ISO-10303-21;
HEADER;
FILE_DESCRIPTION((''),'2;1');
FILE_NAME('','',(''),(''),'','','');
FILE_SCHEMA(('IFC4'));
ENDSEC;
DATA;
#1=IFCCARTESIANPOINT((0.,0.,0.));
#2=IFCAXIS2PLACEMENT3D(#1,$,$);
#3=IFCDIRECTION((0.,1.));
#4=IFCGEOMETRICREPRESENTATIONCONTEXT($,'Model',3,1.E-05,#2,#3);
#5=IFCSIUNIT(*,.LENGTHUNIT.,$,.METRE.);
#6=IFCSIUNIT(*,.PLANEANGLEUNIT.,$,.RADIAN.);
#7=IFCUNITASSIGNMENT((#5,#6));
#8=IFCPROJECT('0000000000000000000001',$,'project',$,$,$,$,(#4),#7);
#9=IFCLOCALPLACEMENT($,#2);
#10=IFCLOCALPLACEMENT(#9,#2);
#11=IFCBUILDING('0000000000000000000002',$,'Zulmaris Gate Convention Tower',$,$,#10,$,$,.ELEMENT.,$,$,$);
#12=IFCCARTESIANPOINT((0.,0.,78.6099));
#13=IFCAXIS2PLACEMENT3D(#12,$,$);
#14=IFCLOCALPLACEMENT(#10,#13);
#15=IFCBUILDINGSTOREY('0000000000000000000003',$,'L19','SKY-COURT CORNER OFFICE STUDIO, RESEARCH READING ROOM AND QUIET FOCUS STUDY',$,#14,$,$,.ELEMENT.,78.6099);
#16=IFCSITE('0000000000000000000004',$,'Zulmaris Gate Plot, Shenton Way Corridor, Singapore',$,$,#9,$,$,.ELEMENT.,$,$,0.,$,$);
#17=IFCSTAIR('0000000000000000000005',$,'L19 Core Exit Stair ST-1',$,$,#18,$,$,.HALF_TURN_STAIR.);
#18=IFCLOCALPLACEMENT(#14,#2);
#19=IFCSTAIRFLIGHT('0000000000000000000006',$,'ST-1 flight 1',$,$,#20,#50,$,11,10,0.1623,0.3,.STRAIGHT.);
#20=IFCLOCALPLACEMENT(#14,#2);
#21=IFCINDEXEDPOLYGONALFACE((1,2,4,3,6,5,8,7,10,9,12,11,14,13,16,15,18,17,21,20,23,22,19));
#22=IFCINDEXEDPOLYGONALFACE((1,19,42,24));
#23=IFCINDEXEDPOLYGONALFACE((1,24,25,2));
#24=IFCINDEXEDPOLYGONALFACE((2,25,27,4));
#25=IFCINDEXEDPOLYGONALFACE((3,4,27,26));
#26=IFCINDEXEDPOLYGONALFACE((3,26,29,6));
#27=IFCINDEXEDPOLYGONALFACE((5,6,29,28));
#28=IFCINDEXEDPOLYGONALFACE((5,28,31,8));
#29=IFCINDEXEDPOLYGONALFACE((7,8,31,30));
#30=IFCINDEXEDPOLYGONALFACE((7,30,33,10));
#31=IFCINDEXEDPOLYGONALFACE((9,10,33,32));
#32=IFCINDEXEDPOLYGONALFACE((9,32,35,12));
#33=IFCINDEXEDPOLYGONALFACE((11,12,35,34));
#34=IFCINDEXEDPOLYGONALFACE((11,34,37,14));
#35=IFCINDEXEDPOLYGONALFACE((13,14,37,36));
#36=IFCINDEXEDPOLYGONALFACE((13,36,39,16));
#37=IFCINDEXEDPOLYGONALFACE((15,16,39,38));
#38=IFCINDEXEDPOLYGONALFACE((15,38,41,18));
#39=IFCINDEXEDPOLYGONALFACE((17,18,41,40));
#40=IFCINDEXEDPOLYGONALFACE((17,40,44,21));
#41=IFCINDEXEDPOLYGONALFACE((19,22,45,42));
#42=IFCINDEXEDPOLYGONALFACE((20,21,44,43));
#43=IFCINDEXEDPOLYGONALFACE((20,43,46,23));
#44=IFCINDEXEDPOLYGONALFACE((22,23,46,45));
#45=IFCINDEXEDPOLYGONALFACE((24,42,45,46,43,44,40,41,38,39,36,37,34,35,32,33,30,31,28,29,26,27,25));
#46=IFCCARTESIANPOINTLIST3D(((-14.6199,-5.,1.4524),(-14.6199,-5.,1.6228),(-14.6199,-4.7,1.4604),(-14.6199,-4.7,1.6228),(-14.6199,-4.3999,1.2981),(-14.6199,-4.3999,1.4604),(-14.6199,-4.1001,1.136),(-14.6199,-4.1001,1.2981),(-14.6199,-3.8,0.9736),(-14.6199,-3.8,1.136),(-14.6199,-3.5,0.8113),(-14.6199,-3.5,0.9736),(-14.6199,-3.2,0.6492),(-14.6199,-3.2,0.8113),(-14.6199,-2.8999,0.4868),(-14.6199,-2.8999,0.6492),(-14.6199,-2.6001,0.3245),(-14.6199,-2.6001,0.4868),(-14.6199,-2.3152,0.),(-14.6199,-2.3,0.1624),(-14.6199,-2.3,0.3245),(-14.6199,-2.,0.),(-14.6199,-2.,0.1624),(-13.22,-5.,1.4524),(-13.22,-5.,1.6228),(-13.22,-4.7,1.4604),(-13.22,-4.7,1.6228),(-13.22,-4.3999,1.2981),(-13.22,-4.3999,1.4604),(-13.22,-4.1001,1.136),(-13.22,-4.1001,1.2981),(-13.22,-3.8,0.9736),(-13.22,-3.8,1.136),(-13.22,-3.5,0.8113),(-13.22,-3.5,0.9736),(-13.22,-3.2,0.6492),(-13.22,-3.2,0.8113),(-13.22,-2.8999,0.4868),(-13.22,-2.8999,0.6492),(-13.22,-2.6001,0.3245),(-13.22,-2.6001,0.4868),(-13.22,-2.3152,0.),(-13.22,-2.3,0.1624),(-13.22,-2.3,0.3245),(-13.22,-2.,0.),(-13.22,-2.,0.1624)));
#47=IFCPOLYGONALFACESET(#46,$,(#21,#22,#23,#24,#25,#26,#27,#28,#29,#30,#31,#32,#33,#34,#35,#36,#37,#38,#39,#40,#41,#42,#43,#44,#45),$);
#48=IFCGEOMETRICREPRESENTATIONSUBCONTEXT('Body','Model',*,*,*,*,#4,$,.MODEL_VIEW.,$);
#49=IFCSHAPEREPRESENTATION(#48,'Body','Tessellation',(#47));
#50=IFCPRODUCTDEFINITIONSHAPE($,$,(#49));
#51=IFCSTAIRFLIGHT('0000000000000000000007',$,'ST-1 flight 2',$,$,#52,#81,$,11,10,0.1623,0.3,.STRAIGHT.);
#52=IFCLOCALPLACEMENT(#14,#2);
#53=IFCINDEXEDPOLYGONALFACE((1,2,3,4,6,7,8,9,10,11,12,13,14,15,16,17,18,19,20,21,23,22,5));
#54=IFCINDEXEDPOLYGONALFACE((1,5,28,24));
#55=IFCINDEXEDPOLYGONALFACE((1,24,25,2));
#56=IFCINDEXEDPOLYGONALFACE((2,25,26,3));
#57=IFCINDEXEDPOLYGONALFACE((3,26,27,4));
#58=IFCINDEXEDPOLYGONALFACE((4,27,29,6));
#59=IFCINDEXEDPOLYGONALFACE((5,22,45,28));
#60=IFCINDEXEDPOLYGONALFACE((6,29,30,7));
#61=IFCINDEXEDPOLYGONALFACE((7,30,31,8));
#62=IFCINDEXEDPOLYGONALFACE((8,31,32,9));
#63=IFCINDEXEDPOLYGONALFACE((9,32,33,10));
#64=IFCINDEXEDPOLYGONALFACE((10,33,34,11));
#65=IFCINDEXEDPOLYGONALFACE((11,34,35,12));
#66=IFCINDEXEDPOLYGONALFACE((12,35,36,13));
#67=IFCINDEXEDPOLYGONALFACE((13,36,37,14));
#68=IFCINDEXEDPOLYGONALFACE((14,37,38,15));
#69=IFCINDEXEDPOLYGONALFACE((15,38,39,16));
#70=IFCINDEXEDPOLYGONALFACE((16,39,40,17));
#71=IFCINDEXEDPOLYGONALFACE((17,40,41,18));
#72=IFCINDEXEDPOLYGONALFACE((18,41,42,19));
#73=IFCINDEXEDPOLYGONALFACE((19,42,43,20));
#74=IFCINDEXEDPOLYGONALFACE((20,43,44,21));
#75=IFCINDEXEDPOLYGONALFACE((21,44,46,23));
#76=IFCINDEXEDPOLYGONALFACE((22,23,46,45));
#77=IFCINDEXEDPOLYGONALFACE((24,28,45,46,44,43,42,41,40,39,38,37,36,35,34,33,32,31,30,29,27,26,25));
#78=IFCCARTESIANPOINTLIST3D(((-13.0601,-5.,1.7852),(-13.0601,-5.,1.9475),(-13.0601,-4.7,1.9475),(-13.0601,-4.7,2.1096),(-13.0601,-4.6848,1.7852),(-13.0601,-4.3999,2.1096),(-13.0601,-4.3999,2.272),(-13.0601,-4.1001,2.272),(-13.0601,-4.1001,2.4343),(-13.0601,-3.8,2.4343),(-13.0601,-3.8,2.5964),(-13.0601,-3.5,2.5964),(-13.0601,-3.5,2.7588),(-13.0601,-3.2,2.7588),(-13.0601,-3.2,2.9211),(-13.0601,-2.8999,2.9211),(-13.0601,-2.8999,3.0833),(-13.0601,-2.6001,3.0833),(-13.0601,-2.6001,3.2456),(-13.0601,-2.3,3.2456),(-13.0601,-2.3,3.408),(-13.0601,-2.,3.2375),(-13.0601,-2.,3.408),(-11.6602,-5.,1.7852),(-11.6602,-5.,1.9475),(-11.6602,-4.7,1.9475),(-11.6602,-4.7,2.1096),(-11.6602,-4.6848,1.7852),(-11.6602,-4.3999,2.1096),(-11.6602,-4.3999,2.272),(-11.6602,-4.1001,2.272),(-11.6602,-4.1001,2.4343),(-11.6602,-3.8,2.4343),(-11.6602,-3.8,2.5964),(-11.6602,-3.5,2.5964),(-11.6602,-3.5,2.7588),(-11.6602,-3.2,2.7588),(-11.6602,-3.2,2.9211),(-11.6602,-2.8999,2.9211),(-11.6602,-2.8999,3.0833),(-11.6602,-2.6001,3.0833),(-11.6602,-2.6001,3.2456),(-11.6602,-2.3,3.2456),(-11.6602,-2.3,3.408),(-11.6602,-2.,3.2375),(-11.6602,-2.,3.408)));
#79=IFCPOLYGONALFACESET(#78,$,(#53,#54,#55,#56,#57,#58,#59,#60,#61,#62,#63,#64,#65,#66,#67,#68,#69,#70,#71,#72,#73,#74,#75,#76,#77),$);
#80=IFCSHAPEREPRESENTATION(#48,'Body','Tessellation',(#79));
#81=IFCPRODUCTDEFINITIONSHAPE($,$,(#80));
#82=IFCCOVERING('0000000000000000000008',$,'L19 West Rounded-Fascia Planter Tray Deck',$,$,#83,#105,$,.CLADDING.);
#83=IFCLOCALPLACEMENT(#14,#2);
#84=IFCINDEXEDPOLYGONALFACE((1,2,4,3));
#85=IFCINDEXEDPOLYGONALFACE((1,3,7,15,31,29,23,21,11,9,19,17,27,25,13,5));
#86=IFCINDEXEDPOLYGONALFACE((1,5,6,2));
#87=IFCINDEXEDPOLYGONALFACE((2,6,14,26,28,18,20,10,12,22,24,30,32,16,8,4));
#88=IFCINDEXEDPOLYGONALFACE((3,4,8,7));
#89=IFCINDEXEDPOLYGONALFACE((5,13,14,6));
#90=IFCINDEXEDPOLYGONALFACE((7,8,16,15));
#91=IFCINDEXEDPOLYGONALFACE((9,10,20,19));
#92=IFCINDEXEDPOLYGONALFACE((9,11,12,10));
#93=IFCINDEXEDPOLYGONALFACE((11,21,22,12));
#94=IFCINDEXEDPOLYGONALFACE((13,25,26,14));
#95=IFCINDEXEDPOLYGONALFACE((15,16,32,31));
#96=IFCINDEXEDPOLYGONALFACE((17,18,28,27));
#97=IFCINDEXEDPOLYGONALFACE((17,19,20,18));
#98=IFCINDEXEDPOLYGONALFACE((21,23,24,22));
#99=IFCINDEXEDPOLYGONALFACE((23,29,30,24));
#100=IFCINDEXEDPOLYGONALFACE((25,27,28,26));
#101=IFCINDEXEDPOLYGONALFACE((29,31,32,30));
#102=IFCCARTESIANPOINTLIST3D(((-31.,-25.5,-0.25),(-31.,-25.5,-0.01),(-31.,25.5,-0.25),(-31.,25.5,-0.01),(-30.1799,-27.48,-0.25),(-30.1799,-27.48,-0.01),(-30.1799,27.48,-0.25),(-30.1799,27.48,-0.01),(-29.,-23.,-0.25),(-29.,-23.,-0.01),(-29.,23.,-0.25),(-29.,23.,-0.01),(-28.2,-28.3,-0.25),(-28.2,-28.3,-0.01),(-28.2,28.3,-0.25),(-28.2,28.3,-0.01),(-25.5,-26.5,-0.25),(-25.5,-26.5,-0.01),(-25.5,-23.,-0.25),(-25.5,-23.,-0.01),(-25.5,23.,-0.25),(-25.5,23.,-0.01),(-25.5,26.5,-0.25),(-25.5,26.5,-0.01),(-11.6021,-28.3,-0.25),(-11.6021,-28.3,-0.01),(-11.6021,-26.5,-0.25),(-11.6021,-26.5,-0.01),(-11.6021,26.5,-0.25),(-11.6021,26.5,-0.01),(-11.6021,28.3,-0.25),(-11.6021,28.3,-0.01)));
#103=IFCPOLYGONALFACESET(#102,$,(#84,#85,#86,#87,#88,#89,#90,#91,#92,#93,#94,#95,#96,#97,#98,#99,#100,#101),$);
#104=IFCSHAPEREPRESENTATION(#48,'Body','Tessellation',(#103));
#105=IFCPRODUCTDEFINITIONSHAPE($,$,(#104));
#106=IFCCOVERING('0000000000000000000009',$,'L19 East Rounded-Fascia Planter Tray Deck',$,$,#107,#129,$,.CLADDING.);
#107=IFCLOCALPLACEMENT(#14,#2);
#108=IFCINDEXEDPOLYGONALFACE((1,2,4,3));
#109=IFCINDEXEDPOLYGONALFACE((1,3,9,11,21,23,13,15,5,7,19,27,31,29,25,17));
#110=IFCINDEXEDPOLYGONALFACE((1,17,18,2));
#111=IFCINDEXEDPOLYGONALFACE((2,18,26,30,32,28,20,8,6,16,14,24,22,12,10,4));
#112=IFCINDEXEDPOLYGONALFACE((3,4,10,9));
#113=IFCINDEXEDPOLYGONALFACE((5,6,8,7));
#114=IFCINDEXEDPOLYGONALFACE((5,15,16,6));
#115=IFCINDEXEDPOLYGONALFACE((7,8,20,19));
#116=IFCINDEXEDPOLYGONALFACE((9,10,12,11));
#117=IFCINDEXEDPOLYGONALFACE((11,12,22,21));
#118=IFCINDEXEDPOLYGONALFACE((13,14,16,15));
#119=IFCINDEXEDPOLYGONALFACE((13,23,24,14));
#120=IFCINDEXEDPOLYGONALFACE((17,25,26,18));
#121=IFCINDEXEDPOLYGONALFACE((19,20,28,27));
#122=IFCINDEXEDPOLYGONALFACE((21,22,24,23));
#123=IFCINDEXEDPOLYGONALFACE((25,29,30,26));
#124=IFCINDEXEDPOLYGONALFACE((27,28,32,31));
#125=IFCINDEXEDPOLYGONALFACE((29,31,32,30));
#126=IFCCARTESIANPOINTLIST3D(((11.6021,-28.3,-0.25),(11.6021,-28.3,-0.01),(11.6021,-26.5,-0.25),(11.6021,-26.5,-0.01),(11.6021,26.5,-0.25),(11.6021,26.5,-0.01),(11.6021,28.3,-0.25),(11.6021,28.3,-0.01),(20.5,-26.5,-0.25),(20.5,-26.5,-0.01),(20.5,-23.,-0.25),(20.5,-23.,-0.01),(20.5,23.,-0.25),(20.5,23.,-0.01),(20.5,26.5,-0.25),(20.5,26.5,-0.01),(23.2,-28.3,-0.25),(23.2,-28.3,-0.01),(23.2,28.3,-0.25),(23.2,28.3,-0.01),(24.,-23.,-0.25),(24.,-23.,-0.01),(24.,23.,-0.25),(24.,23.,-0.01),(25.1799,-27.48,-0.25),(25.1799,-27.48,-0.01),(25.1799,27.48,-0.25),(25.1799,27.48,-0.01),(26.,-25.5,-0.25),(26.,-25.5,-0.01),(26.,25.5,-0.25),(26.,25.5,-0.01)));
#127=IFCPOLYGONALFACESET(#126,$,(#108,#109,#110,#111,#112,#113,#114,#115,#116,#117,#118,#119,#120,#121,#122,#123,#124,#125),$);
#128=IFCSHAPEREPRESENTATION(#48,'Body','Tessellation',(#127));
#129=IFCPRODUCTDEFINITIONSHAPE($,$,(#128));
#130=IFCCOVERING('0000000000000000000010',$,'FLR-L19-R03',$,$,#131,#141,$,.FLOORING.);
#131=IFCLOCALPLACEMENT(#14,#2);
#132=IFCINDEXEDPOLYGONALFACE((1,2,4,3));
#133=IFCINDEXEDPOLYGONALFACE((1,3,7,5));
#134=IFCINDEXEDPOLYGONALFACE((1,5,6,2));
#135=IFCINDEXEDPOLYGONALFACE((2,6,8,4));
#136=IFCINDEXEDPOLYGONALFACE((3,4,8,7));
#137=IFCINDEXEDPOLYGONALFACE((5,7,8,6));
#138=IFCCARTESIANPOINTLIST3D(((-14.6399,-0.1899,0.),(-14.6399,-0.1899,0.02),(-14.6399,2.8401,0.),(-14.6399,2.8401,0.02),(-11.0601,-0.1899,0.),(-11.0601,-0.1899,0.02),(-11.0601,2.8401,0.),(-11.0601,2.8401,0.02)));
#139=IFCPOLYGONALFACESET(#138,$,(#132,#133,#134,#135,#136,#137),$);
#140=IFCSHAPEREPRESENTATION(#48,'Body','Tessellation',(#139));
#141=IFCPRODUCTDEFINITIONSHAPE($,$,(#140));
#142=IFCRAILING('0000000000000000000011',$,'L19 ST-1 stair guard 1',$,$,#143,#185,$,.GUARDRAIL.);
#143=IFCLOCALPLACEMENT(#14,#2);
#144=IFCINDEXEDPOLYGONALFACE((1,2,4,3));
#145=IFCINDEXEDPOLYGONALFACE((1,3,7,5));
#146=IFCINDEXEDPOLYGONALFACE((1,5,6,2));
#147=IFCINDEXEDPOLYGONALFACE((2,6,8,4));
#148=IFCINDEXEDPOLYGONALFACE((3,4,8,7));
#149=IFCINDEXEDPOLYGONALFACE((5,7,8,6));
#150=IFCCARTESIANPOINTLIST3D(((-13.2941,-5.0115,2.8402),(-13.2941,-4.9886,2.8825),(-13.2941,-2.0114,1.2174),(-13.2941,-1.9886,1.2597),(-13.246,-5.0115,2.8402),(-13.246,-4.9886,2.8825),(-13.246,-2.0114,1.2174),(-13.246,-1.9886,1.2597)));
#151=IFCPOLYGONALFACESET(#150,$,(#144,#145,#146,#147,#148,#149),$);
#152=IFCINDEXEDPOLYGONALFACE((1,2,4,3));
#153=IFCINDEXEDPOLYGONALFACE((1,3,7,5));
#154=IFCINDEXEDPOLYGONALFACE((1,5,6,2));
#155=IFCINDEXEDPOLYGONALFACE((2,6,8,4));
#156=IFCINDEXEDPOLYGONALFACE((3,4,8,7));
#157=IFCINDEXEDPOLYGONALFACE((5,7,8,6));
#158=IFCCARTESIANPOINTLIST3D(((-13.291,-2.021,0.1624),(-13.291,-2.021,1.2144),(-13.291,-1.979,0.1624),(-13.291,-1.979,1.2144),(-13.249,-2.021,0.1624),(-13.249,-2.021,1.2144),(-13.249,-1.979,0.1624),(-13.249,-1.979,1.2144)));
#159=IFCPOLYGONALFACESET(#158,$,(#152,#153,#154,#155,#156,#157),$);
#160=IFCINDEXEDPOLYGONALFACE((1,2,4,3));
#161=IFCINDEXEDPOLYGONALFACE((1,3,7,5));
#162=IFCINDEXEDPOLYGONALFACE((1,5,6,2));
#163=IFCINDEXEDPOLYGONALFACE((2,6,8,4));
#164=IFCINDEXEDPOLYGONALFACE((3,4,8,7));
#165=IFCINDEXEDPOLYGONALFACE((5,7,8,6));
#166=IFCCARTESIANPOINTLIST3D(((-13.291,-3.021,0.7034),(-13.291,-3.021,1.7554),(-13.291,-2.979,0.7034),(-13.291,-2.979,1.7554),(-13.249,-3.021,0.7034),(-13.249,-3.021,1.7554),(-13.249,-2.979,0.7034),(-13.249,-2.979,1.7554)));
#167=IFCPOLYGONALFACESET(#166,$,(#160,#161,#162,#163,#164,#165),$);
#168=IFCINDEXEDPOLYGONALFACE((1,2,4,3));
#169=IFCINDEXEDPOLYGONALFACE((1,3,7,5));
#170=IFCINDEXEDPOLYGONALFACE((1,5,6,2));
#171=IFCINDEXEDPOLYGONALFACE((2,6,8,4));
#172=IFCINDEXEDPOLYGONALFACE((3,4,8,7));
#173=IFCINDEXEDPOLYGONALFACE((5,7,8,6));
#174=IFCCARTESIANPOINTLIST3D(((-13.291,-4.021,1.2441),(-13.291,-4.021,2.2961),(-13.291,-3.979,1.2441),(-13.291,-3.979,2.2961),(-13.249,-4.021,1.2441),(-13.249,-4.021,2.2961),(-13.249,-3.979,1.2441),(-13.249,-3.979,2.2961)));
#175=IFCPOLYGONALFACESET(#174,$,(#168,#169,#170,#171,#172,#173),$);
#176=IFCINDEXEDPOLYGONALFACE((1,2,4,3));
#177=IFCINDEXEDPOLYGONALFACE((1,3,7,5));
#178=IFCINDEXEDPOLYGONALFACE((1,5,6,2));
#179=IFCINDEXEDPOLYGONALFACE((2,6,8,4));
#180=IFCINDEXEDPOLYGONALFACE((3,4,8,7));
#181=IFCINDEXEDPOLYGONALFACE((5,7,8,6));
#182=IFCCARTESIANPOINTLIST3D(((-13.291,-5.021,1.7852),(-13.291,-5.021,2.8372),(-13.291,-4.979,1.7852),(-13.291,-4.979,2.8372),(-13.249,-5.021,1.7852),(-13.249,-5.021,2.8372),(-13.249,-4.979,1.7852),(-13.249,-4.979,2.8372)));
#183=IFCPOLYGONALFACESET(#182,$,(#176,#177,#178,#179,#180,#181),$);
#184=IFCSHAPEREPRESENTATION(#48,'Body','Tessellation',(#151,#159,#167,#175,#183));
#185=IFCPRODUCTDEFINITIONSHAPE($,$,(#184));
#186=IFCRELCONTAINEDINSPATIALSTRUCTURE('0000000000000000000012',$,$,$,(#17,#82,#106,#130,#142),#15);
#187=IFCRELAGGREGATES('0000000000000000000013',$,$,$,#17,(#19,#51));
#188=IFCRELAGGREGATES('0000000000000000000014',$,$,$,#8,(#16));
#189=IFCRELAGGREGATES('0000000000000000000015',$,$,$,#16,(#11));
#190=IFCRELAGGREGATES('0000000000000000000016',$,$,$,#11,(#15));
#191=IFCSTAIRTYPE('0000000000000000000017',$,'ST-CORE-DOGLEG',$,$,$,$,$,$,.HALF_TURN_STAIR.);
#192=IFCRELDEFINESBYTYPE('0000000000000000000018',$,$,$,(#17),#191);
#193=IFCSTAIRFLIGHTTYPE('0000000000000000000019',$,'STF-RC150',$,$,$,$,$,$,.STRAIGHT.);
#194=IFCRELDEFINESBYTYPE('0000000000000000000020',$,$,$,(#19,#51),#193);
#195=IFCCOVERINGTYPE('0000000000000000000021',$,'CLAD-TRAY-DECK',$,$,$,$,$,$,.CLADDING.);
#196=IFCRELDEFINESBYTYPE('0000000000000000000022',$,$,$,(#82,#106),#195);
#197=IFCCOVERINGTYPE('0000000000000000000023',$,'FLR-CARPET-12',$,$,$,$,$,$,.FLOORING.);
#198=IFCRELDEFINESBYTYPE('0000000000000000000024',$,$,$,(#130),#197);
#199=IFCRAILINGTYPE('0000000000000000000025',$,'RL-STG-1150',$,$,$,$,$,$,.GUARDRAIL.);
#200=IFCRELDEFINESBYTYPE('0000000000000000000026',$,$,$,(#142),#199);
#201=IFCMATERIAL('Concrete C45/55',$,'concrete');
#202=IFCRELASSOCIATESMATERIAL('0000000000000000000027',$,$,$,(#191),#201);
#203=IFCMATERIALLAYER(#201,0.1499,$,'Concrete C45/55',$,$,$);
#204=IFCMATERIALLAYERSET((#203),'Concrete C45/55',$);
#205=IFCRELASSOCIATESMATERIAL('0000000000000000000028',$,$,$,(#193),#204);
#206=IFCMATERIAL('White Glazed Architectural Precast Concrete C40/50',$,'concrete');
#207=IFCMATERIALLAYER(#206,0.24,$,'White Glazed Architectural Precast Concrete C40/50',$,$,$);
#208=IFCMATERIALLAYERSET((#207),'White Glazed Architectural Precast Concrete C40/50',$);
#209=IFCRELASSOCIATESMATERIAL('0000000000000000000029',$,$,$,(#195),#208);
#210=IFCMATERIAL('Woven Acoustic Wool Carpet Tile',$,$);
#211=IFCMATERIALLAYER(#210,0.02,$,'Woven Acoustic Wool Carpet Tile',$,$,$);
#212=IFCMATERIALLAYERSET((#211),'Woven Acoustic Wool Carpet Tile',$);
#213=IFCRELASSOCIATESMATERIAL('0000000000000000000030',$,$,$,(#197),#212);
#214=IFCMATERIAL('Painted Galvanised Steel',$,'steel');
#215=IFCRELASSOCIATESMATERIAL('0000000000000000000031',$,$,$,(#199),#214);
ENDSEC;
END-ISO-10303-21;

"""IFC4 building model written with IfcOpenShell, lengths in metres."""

from ifc_helpers import new_model, si_unit, direction, frame, origin, origin_2d, place, context, subcontext, project, spatial, polyline, rectangle, outline, extrude, material, layer, layer_set, type_object, element, aggregate, save


model = new_model("IFC4")

# Units and contexts
model_context = context("Model", 3, precision=1e-05, world=origin(), true_north=direction((0.0, 1.0)))
body_context = subcontext(model_context, "Body", "Model", "MODEL_VIEW")
ifc_project = project(units=[si_unit("LENGTHUNIT", "METRE"), si_unit("PLANEANGLEUNIT", "RADIAN")], contexts=[model_context])

# Site, building, storey
site_placement = place(None, origin())
site = spatial("IfcSite", under=ifc_project, at=site_placement, Name="Zulmaris Gate Plot, Shenton Way Corridor, Singapore", CompositionType="ELEMENT", RefElevation=0.0)
building_placement = place(site_placement, origin())
building = spatial("IfcBuilding", under=site, at=building_placement, Name="Zulmaris Gate Convention Tower", CompositionType="ELEMENT")
storey_placement = place(building_placement, frame((0.0, 0.0, 78.6099)))
storey = spatial("IfcBuildingStorey", under=building, at=storey_placement, Name="L19", Description="SKY-COURT CORNER OFFICE STUDIO, RESEARCH READING ROOM AND QUIET FOCUS STUDY", CompositionType="ELEMENT", Elevation=78.6099)

# Stair
ifc_material_1 = material(Name="Concrete C45/55", Category="concrete")
stair_type = type_object("IfcStairType", Name="ST-CORE-DOGLEG", PredefinedType="HALF_TURN_STAIR", material=ifc_material_1)
stair_1_placement = place(storey_placement, origin())
stair_1 = element("IfcStair", 1, at=stair_1_placement, inside=storey, type_object=stair_type, Name="L19 Core Exit Stair ST-1", PredefinedType="HALF_TURN_STAIR")

# Stair flights
ifc_layer_1 = layer(ifc_material_1, 0.1499, Name="Concrete C45/55")
ifc_layer_set_1 = layer_set([ifc_layer_1], Name="Concrete C45/55")
stair_flight_type = type_object("IfcStairFlightType", Name="STF-RC150", PredefinedType="STRAIGHT", material=ifc_layer_set_1)
stair_flight_1_placement = place(storey_placement, frame((-13.9199, -2.0, 0.0), z_axis=(0.0, 0.0, 1.0), x_axis=(0.0, -1.0, 0.0)))
stair_flight_1 = element("IfcStairFlight", 2, at=stair_flight_1_placement, type_object=stair_flight_type, Name="ST-1 flight 1", NumberOfRisers=11, NumberOfTreads=10, PredefinedType="STRAIGHT", RiserHeight=0.1623, TreadLength=0.3, context=body_context, shape_type="SweptSolid", body=[
    extrude(outline(polyline([(0.0, 0.0), (0.0, 0.1624), (0.3, 0.1624), (0.3, 0.3245), (0.6001, 0.3245), (0.6001, 0.4868), (0.8999, 0.4868), (0.8999, 0.6492), (1.2, 0.6492), (1.2, 0.8113), (1.5, 0.8113), (1.5, 0.9736), (1.8, 0.9736), (1.8, 1.136), (2.1001, 1.136), (2.1001, 1.2981), (2.3999, 1.2981), (2.3999, 1.4604), (2.7, 1.4604), (2.7, 1.6228), (3.0, 1.6228), (3.0, 1.7849), (3.0, 1.4524), (0.3152, 0.0), (0.0, 0.0)])), frame((0.0, 0.7, 0.0), z_axis=(0.0, -1.0, 0.0), x_axis=(1.0, 0.0, 0.0)), (0.0, 0.0, 1.0), 1.3999),
])
stair_flight_2_placement = place(storey_placement, frame((-12.3601, -5.0, 1.7852), z_axis=(0.0, 0.0, 1.0), x_axis=(0.0, 1.0, 0.0)))
stair_flight_2 = element("IfcStairFlight", 3, at=stair_flight_2_placement, type_object=stair_flight_type, Name="ST-1 flight 2", NumberOfRisers=11, NumberOfTreads=10, PredefinedType="STRAIGHT", RiserHeight=0.1623, TreadLength=0.3, context=body_context, shape_type="SweptSolid", body=[
    extrude(outline(polyline([(0.0, 0.0), (0.0, 0.1624), (0.3, 0.1624), (0.3, 0.3245), (0.6001, 0.3245), (0.6001, 0.4868), (0.8999, 0.4868), (0.8999, 0.6492), (1.2, 0.6492), (1.2, 0.8113), (1.5, 0.8113), (1.5, 0.9736), (1.8, 0.9736), (1.8, 1.136), (2.1001, 1.136), (2.1001, 1.2981), (2.3999, 1.2981), (2.3999, 1.4604), (2.7, 1.4604), (2.7, 1.6228), (3.0, 1.6228), (3.0, 1.7849), (3.0, 1.4524), (0.3152, 0.0), (0.0, 0.0)])), frame((0.0, 0.7, 0.0), z_axis=(0.0, -1.0, 0.0), x_axis=(1.0, 0.0, 0.0)), (0.0, 0.0, 1.0), 1.3999),
])
aggregate(stair_1, [stair_flight_1, stair_flight_2])

# Coverings
ifc_material_2 = material(Name="White Glazed Architectural Precast Concrete C40/50", Category="concrete")
ifc_layer_2 = layer(ifc_material_2, 0.24, Name="White Glazed Architectural Precast Concrete C40/50")
ifc_layer_set_2 = layer_set([ifc_layer_2], Name="White Glazed Architectural Precast Concrete C40/50")
covering_type_1 = type_object("IfcCoveringType", Name="CLAD-TRAY-DECK", PredefinedType="CLADDING", material=ifc_layer_set_2)
covering_1_placement = place(storey_placement, frame((0.0, 0.0, -0.25)))
element("IfcCovering", 4, at=covering_1_placement, inside=storey, type_object=covering_type_1, Name="L19 West Rounded-Fascia Planter Tray Deck", PredefinedType="CLADDING", context=body_context, shape_type="SweptSolid", body=[
    extrude(outline(polyline([(-31.0, 25.5), (-30.1799, 27.48), (-28.2, 28.3), (-11.6021, 28.3), (-11.6021, 26.5), (-25.5, 26.5), (-25.5, 23.0), (-29.0, 23.0), (-29.0, -23.0), (-25.5, -23.0), (-25.5, -26.5), (-11.6021, -26.5), (-11.6021, -28.3), (-28.2, -28.3), (-30.1799, -27.48), (-31.0, -25.5), (-31.0, 25.5)])), origin(), (0.0, 0.0, 1.0), 0.24),
])
covering_2_placement = place(storey_placement, frame((0.0, 0.0, -0.25)))
element("IfcCovering", 5, at=covering_2_placement, inside=storey, type_object=covering_type_1, Name="L19 East Rounded-Fascia Planter Tray Deck", PredefinedType="CLADDING", context=body_context, shape_type="SweptSolid", body=[
    extrude(outline(polyline([(23.2, 28.3), (25.1799, 27.48), (26.0, 25.5), (26.0, -25.5), (25.1799, -27.48), (23.2, -28.3), (11.6021, -28.3), (11.6021, -26.5), (20.5, -26.5), (20.5, -23.0), (24.0, -23.0), (24.0, 23.0), (20.5, 23.0), (20.5, 26.5), (11.6021, 26.5), (11.6021, 28.3), (23.2, 28.3)])), origin(), (0.0, 0.0, 1.0), 0.24),
])
ifc_material_3 = material(Name="Woven Acoustic Wool Carpet Tile")
ifc_layer_3 = layer(ifc_material_3, 0.02, Name="Woven Acoustic Wool Carpet Tile")
ifc_layer_set_3 = layer_set([ifc_layer_3], Name="Woven Acoustic Wool Carpet Tile")
covering_type_2 = type_object("IfcCoveringType", Name="FLR-CARPET-12", PredefinedType="FLOORING", material=ifc_layer_set_3)
covering_3_placement = place(storey_placement, origin())
element("IfcCovering", 6, at=covering_3_placement, inside=storey, type_object=covering_type_2, Name="FLR-L19-R03", PredefinedType="FLOORING", context=body_context, shape_type="SweptSolid", body=[
    extrude(outline(polyline([(-14.6399, -0.1899), (-11.0601, -0.1899), (-11.0601, 2.8401), (-14.6399, 2.8401), (-14.6399, -0.1899)])), origin(), (0.0, 0.0, 1.0), 0.02),
])

# Railing
ifc_material_4 = material(Name="Painted Galvanised Steel", Category="steel")
railing_type_1 = type_object("IfcRailingType", Name="RL-STG-1150", PredefinedType="GUARDRAIL", material=ifc_material_4)
railing_1_placement = place(storey_placement, frame((-13.27, -2.0, 0.1624)))
element("IfcRailing", 7, at=railing_1_placement, inside=storey, type_object=railing_type_1, Name="L19 ST-1 stair guard 1", PredefinedType="GUARDRAIL", context=body_context, shape_type="SweptSolid", body=[
    extrude(rectangle(XDim=0.0481, YDim=0.0481, at=origin_2d()), frame((0.0, 0.0, 1.0762), z_axis=(0.0, -0.879562, 0.475785), x_axis=(1.0, 0.0, 0.0)), (0.0, 0.0, 1.0), 3.4109),
    extrude(rectangle(XDim=0.042, YDim=0.042, at=origin_2d()), origin(), (0.0, 0.0, 1.0), 1.052),
    extrude(rectangle(XDim=0.042, YDim=0.042, at=origin_2d()), frame((0.0, -1.0, 0.541)), (0.0, 0.0, 1.0), 1.052),
    extrude(rectangle(XDim=0.042, YDim=0.042, at=origin_2d()), frame((0.0, -2.0, 1.0818)), (0.0, 0.0, 1.0), 1.052),
    extrude(rectangle(XDim=0.042, YDim=0.042, at=origin_2d()), frame((0.0, -3.0, 1.6228)), (0.0, 0.0, 1.0), 1.052),
])

save(model, "model.ifc")
